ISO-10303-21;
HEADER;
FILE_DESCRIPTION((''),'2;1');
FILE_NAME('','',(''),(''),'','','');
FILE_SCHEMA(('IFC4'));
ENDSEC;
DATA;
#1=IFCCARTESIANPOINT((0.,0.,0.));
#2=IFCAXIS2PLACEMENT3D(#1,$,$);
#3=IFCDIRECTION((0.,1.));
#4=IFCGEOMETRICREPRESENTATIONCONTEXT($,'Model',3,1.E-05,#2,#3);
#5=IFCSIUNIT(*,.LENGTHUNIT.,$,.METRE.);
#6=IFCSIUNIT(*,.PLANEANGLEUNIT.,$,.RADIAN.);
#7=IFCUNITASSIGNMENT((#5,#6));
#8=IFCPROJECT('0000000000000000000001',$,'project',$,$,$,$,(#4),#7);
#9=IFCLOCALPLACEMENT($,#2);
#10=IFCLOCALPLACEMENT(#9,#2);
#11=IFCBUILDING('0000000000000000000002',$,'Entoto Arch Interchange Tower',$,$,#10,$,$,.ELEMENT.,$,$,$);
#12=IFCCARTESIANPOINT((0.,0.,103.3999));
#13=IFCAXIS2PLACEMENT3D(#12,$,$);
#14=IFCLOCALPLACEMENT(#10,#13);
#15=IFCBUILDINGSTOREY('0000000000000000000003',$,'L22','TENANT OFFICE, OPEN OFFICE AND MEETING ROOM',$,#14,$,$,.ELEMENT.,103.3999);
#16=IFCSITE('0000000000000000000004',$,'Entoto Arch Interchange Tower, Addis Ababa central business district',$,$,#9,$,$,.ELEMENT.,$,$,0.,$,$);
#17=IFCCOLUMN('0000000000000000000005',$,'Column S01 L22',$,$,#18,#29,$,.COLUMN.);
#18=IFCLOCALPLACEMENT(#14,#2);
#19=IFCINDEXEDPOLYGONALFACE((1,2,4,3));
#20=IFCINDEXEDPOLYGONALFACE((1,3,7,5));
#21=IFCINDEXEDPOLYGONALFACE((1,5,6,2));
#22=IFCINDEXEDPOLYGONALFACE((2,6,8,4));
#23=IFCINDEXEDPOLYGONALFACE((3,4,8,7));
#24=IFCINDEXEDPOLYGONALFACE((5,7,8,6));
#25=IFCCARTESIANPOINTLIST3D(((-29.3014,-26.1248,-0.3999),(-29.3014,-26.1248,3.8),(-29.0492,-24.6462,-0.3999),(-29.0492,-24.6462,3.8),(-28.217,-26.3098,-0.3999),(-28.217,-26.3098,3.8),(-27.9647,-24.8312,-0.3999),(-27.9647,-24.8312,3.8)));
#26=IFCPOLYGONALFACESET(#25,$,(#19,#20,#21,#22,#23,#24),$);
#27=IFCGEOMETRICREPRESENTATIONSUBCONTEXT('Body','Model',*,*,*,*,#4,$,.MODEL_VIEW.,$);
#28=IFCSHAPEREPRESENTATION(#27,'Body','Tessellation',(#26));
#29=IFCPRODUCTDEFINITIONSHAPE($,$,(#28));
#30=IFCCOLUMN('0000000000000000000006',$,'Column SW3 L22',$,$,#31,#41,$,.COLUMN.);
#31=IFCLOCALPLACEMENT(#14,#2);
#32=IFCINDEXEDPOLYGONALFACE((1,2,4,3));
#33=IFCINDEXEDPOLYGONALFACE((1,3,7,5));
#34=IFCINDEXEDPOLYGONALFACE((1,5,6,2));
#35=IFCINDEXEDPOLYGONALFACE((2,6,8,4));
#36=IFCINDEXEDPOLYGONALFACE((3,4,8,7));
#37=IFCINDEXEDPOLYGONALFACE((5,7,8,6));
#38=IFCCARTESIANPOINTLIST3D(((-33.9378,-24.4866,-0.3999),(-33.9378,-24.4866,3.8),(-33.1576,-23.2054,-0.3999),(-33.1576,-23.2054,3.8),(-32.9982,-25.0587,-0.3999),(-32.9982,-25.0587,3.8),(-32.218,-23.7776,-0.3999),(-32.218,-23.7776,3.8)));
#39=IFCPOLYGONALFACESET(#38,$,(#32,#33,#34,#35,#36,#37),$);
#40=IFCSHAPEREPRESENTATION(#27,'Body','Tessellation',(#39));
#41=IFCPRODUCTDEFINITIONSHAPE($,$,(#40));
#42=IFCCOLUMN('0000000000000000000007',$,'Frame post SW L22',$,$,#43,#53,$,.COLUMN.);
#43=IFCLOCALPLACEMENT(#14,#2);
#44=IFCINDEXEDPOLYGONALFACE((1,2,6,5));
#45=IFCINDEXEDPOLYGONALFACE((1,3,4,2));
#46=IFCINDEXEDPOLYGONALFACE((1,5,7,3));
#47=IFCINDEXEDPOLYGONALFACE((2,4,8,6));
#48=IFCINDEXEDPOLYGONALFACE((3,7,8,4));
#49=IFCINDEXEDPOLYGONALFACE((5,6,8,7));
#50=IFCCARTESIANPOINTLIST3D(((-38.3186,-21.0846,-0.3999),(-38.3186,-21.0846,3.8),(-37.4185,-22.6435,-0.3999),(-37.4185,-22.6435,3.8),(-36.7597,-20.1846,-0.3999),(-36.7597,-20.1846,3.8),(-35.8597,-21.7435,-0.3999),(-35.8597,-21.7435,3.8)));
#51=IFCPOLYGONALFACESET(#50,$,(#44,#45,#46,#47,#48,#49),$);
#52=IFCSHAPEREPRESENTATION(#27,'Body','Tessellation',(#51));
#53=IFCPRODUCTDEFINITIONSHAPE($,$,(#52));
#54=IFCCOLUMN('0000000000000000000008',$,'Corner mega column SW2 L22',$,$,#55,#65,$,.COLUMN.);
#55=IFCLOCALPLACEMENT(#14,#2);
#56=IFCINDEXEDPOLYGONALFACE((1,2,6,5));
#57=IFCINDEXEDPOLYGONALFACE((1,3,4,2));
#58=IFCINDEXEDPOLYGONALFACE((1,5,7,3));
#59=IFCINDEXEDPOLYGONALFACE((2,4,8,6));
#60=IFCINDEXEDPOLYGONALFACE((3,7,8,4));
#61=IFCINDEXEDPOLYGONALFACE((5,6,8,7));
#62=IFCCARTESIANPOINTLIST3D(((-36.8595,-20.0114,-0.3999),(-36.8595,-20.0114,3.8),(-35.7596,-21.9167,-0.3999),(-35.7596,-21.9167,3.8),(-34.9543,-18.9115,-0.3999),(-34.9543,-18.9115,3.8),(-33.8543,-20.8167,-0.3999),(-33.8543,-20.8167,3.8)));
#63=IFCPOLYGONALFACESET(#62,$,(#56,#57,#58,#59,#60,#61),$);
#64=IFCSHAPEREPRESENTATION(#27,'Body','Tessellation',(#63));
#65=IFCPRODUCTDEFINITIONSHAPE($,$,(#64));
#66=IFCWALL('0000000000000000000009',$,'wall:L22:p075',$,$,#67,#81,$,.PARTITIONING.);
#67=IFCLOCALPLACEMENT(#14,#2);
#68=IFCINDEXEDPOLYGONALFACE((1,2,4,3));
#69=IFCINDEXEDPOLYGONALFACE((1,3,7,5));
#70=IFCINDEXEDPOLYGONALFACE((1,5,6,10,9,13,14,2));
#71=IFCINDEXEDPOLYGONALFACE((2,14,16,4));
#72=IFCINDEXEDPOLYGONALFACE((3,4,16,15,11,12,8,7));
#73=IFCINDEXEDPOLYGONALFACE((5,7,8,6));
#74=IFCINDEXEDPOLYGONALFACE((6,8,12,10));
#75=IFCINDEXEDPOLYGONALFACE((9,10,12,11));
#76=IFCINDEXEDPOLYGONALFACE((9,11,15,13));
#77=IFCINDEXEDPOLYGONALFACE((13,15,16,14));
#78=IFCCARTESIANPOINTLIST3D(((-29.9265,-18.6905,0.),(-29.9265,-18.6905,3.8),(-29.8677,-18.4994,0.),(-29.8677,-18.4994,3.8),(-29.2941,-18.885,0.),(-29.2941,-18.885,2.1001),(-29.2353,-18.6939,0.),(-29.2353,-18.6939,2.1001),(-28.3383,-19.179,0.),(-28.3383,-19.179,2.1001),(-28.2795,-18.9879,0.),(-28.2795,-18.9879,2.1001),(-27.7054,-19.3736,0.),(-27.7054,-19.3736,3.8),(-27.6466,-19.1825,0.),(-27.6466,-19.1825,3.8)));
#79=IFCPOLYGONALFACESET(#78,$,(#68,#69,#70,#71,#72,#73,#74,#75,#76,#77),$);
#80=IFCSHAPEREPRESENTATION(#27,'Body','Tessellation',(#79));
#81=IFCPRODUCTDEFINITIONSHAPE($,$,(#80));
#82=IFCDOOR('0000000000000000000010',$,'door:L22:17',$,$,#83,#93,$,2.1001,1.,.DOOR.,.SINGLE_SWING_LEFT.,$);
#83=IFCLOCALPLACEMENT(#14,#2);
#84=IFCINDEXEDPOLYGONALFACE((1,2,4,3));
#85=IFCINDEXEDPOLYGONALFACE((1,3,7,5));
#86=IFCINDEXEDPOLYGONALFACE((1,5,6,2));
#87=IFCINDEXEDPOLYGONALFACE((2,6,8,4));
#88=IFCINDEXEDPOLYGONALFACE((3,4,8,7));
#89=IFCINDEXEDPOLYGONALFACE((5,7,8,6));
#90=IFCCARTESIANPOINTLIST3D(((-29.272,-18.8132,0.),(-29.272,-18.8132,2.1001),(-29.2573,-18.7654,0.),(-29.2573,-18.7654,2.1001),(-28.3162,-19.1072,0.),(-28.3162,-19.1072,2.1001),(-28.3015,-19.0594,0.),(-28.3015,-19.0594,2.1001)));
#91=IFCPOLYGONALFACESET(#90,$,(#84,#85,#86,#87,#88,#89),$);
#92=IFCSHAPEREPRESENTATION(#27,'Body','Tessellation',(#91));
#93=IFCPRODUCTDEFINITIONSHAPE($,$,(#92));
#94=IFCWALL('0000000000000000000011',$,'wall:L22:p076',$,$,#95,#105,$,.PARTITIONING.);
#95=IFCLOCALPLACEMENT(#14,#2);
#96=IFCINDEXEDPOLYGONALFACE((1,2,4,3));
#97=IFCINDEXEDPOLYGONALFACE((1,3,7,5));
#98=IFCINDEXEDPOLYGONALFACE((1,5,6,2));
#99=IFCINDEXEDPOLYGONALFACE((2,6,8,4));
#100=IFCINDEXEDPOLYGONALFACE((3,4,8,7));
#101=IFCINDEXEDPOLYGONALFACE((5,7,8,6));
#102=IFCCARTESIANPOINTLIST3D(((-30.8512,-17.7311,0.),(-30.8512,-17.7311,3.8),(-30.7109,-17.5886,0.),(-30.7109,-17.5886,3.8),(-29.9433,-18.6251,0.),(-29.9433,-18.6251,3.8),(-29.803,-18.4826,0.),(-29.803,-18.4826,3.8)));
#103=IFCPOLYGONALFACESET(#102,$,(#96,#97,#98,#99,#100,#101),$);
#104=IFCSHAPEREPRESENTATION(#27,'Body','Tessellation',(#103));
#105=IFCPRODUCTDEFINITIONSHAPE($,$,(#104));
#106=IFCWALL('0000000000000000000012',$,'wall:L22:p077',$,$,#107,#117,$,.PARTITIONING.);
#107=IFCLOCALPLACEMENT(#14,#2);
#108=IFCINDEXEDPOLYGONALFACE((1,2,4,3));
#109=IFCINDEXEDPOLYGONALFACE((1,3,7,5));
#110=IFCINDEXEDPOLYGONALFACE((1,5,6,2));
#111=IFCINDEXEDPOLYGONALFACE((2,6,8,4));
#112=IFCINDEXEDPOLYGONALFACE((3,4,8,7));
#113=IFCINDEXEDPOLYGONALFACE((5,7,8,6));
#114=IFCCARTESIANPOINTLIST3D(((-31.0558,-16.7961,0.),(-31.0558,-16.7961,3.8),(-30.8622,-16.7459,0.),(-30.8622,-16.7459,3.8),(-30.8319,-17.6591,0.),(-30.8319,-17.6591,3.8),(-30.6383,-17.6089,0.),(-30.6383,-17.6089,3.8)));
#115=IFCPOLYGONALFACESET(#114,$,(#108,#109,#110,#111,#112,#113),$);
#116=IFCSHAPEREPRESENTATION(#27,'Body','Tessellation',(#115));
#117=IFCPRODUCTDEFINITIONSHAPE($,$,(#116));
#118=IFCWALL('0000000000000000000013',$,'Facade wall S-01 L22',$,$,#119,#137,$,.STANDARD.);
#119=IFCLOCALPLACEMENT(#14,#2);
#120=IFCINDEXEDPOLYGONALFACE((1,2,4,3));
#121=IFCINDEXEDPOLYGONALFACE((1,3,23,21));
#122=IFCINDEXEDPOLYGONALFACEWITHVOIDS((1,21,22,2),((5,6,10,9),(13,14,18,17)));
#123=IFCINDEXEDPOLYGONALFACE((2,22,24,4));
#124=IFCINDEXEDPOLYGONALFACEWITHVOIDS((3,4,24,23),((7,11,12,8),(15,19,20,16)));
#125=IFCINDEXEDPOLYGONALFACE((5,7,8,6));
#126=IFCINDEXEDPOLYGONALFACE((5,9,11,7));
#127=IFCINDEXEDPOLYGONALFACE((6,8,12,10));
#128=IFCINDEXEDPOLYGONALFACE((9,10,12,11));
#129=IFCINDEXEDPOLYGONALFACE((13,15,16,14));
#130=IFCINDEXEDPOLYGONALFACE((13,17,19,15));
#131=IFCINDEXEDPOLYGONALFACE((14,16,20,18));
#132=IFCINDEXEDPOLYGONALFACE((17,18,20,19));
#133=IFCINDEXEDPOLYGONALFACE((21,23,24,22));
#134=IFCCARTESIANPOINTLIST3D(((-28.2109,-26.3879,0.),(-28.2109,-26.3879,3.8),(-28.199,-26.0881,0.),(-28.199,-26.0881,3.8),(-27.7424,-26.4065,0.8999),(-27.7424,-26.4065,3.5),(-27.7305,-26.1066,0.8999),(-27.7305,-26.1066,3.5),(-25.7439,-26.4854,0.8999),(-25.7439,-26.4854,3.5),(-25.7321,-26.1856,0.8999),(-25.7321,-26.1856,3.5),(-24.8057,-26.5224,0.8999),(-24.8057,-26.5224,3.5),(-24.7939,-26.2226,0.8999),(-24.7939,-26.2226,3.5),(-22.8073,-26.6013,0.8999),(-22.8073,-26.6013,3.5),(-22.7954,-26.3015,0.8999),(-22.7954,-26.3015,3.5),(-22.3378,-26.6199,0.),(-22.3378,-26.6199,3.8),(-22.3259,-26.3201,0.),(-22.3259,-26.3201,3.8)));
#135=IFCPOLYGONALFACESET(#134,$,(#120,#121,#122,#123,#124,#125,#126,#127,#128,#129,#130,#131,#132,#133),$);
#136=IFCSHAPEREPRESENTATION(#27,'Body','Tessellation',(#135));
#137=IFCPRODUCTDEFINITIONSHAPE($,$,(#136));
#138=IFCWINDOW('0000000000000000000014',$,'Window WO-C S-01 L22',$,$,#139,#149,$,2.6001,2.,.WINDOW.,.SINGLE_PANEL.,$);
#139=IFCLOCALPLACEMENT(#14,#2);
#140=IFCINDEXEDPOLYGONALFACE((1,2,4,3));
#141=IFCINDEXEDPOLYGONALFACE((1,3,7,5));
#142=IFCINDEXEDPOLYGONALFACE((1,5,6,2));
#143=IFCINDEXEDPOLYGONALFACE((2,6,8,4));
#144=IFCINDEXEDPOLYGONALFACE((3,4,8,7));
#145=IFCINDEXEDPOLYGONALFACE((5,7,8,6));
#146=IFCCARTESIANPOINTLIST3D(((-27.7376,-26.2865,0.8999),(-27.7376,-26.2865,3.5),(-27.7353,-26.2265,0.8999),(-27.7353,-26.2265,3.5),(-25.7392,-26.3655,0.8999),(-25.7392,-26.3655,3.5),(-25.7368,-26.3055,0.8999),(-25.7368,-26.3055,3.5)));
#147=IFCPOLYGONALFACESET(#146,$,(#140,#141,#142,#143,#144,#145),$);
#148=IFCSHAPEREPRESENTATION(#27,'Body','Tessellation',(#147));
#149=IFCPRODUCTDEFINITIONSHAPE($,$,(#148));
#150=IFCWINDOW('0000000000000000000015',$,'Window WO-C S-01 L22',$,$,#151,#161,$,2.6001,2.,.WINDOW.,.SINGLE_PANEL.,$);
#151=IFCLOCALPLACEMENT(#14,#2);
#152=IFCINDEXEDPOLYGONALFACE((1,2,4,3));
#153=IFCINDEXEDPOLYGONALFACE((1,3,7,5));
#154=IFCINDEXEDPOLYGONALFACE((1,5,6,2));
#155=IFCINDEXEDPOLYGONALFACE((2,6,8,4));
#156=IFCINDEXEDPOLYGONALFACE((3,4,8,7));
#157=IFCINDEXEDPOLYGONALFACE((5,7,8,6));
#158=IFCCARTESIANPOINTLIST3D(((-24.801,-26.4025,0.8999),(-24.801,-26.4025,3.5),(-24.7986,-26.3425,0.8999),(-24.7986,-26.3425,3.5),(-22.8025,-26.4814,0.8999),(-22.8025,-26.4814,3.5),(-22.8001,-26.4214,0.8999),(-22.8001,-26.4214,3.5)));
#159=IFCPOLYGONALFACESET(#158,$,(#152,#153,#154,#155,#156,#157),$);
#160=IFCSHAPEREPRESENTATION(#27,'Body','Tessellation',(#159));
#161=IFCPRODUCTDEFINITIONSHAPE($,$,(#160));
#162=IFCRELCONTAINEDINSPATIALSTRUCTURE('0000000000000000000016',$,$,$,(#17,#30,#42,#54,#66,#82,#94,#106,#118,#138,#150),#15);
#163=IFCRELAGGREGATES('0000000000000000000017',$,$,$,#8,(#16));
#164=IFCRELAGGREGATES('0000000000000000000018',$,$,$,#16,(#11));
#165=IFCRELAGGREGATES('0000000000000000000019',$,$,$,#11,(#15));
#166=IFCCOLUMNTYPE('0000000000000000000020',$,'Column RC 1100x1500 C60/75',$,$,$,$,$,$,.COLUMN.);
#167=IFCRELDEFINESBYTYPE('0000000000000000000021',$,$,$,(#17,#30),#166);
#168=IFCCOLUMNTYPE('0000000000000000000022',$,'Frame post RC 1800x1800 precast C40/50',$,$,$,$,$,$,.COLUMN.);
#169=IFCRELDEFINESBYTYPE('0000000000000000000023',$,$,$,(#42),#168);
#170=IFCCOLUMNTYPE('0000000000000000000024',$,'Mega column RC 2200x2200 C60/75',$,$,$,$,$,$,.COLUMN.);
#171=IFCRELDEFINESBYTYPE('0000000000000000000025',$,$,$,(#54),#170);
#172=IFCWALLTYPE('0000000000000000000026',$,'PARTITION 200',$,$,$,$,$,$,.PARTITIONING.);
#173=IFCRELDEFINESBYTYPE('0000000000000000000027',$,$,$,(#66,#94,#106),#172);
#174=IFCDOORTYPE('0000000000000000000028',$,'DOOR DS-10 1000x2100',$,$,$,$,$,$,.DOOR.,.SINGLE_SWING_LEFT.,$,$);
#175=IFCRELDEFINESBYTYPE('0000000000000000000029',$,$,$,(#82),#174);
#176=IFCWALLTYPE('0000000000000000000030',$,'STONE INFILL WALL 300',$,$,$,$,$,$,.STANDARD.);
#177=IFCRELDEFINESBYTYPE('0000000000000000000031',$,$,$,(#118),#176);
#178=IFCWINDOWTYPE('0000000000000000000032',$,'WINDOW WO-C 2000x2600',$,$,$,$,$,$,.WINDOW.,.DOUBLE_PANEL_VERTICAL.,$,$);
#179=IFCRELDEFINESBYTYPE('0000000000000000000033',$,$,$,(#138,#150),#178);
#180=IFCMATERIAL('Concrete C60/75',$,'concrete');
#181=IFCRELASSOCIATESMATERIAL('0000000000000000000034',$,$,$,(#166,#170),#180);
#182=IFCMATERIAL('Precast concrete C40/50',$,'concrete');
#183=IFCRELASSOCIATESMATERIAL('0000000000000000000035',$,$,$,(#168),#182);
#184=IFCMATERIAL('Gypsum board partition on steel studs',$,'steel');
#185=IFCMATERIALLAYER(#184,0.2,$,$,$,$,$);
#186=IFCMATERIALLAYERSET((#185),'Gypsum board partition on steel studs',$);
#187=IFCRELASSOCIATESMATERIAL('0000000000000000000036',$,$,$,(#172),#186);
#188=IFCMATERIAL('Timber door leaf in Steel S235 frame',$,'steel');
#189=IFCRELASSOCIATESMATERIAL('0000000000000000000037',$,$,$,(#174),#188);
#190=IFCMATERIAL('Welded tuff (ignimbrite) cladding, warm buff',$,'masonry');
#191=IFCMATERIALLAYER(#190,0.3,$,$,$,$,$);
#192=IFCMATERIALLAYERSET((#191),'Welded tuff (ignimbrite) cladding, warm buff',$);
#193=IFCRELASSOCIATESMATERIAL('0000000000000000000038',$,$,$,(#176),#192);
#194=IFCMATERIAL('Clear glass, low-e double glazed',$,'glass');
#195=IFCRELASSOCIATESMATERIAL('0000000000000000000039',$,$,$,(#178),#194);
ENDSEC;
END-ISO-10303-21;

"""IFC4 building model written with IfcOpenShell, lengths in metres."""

from ifc_helpers import new_model, si_unit, direction, frame, frame_2d, origin, origin_2d, place, context, subcontext, project, spatial, rectangle, extrude, material, layer, layer_set, material_profile, profile_set, type_object, element, fill, save


model = new_model("IFC4")

# Units and contexts
model_context = context("Model", 3, precision=1e-05, world=origin(), true_north=direction((0.0, 1.0)))
body_context = subcontext(model_context, "Body", "Model", "MODEL_VIEW")
ifc_project = project(units=[si_unit("LENGTHUNIT", "METRE"), si_unit("PLANEANGLEUNIT", "RADIAN")], contexts=[model_context])

# Site, building, storey
site_placement = place(None, origin())
site = spatial("IfcSite", under=ifc_project, at=site_placement, Name="Entoto Arch Interchange Tower, Addis Ababa central business district", CompositionType="ELEMENT", RefElevation=0.0)
building_placement = place(site_placement, origin())
building = spatial("IfcBuilding", under=site, at=building_placement, Name="Entoto Arch Interchange Tower", CompositionType="ELEMENT")
storey_placement = place(building_placement, frame((0.0, 0.0, 103.3999)))
storey = spatial("IfcBuildingStorey", under=building, at=storey_placement, Name="L22", Description="TENANT OFFICE, OPEN OFFICE AND MEETING ROOM", CompositionType="ELEMENT", Elevation=103.3999)

# Columns
ifc_material_1 = material(Name="Concrete C60/75", Category="concrete")
ifc_material_profile_1 = material_profile(ifc_material_1, rectangle(XDim=1.1001, YDim=1.5, at=origin_2d()))
ifc_profile_set_1 = profile_set([ifc_material_profile_1], Name="Concrete C60/75")
column_type_1 = type_object("IfcColumnType", Name="Column RC 1100x1500 C60/75", PredefinedType="COLUMN", material=ifc_profile_set_1)
for number, where, z_axis, x_axis, name in (
    (1, (-28.6331, -25.478, -0.3999), (0.0, 0.0, 1.0), (-0.985759, 0.168162, 0.0), "Column S01 L22"),
    (2, (-33.0779, -24.1321, -0.3999), (0.0, 0.0, 1.0), (-0.854096, 0.520116, 0.0), "Column SW3 L22"),
):
    element("IfcColumn", number, at=place(storey_placement, frame(where, z_axis=z_axis, x_axis=x_axis)), inside=storey, type_object=column_type_1, Name=name, PredefinedType="COLUMN", context=body_context, shape_type="SweptSolid", body=[
        extrude(rectangle(XDim=1.1001, YDim=1.5, at=origin_2d()), origin(), (0.0, 0.0, 1.0), 4.2),
    ])
ifc_material_2 = material(Name="Precast concrete C40/50", Category="concrete")
ifc_material_profile_2 = material_profile(ifc_material_2, rectangle(XDim=1.8, YDim=1.8, at=origin_2d()))
ifc_profile_set_2 = profile_set([ifc_material_profile_2], Name="Precast concrete C40/50")
column_type_2 = type_object("IfcColumnType", Name="Frame post RC 1800x1800 precast C40/50", PredefinedType="COLUMN", material=ifc_profile_set_2)
column_1_placement = place(storey_placement, frame((-37.0891, -21.4141, -0.3999), z_axis=(0.0, 0.0, 1.0), x_axis=(0.866025, 0.5, 0.0)))
element("IfcColumn", 3, at=column_1_placement, inside=storey, type_object=column_type_2, Name="Frame post SW L22", PredefinedType="COLUMN", context=body_context, shape_type="SweptSolid", body=[
    extrude(rectangle(XDim=1.8, YDim=1.8, at=origin_2d()), origin(), (0.0, 0.0, 1.0), 4.2),
])
ifc_material_profile_3 = material_profile(ifc_material_1, rectangle(XDim=2.2, YDim=2.2, at=origin_2d()))
ifc_profile_set_3 = profile_set([ifc_material_profile_3], Name="Concrete C60/75")
column_type_3 = type_object("IfcColumnType", Name="Mega column RC 2200x2200 C60/75", PredefinedType="COLUMN", material=ifc_profile_set_3)
column_2_placement = place(storey_placement, frame((-35.3569, -20.4141, -0.3999), z_axis=(0.0, 0.0, 1.0), x_axis=(0.866025, 0.5, 0.0)))
element("IfcColumn", 4, at=column_2_placement, inside=storey, type_object=column_type_3, Name="Corner mega column SW2 L22", PredefinedType="COLUMN", context=body_context, shape_type="SweptSolid", body=[
    extrude(rectangle(XDim=2.2, YDim=2.2, at=origin_2d()), origin(), (0.0, 0.0, 1.0), 4.2),
])

# Wall, opening, door
ifc_material_3 = material(Name="Gypsum board partition on steel studs", Category="steel")
ifc_layer_1 = layer(ifc_material_3, 0.2)
ifc_layer_set_1 = layer_set([ifc_layer_1], Name="Gypsum board partition on steel studs")
wall_type_1 = type_object("IfcWallType", Name="PARTITION 200", PredefinedType="PARTITIONING", material=ifc_layer_set_1)
wall_1_placement = place(storey_placement, frame((-27.676, -19.2781, 0.0), z_axis=(0.0, 0.0, 1.0), x_axis=(-0.955811, 0.293982, 0.0)))
wall_1 = element("IfcWall", 5, at=wall_1_placement, inside=storey, type_object=wall_type_1, Name="wall:L22:p075", PredefinedType="PARTITIONING", context=body_context, shape_type="SweptSolid", body=[
    extrude(rectangle(XDim=2.3237, YDim=0.2, at=frame_2d((1.1619, 0.0))), origin(), (0.0, 0.0, 1.0), 3.8),
])
opening_1_placement = place(wall_1_placement, frame((0.6621, 0.0, 0.0)))
opening_1 = element("IfcOpeningElement", 6, at=opening_1_placement, cuts=wall_1, PredefinedType="OPENING", context=body_context, shape_type="SweptSolid", body=[
    extrude(rectangle(XDim=1.0, YDim=2.1001, at=frame_2d((0.5, 1.05))), frame((0.0, 0.1099, 0.0), z_axis=(0.0, -1.0, 0.0), x_axis=(1.0, 0.0, 0.0)), (0.0, 0.0, 1.0), 0.22),
])
ifc_material_4 = material(Name="Timber door leaf in Steel S235 frame", Category="steel")
door_type = type_object("IfcDoorType", Name="DOOR DS-10 1000x2100", OperationType="SINGLE_SWING_LEFT", PredefinedType="DOOR", material=ifc_material_4)
door_placement = place(opening_1_placement, origin())
door = element("IfcDoor", 7, at=door_placement, inside=storey, type_object=door_type, Name="door:L22:17", OperationType="SINGLE_SWING_LEFT", OverallHeight=2.1001, OverallWidth=1.0, PredefinedType="DOOR", context=body_context, shape_type="SweptSolid", body=[
    extrude(rectangle(XDim=1.0, YDim=2.1001, at=frame_2d((0.5, 1.05))), frame((0.0, 0.0249, 0.0), z_axis=(0.0, -1.0, 0.0), x_axis=(1.0, 0.0, 0.0)), (0.0, 0.0, 1.0), 0.05),
])
fill(opening_1, door)

# Walls
wall_2_placement = place(storey_placement, frame((-29.873, -18.554, 0.0), z_axis=(0.0, 0.0, 1.0), x_axis=(-0.712546, 0.701625, 0.0)))
element("IfcWall", 8, at=wall_2_placement, inside=storey, type_object=wall_type_1, Name="wall:L22:p076", PredefinedType="PARTITIONING", context=body_context, shape_type="SweptSolid", body=[
    extrude(rectangle(XDim=1.2742, YDim=0.2, at=frame_2d((0.6372, 0.0))), origin(), (0.0, 0.0, 1.0), 3.8),
])
wall_3_placement = place(storey_placement, frame((-30.7351, -17.634, 0.0), z_axis=(0.0, 0.0, 1.0), x_axis=(-0.251095, 0.967962, 0.0)))
element("IfcWall", 9, at=wall_3_placement, inside=storey, type_object=wall_type_1, Name="wall:L22:p077", PredefinedType="PARTITIONING", context=body_context, shape_type="SweptSolid", body=[
    extrude(rectangle(XDim=0.8916, YDim=0.2, at=frame_2d((0.4458, 0.0))), origin(), (0.0, 0.0, 1.0), 3.8),
])

# Wall, openings, windows
ifc_material_5 = material(Name="Welded tuff (ignimbrite) cladding, warm buff", Category="masonry")
ifc_layer_2 = layer(ifc_material_5, 0.3)
ifc_layer_set_2 = layer_set([ifc_layer_2], Name="Welded tuff (ignimbrite) cladding, warm buff")
wall_type_2 = type_object("IfcWallType", Name="STONE INFILL WALL 300", PredefinedType="STANDARD", material=ifc_layer_set_2)
wall_4_placement = place(storey_placement, frame((-28.2051, -26.238, 0.0), z_axis=(0.0, 0.0, 1.0), x_axis=(0.999221, -0.03946, 0.0)))
wall_4 = element("IfcWall", 10, at=wall_4_placement, inside=storey, type_object=wall_type_2, Name="Facade wall S-01 L22", PredefinedType="STANDARD", context=body_context, shape_type="SweptSolid", body=[
    extrude(rectangle(XDim=5.8777, YDim=0.3, at=frame_2d((2.939, 0.0))), origin(), (0.0, 0.0, 1.0), 3.8),
])
opening_2_placement = place(wall_4_placement, frame((0.469, 0.0, 0.8999)))
opening_2 = element("IfcOpeningElement", 11, at=opening_2_placement, cuts=wall_4, PredefinedType="OPENING", context=body_context, shape_type="SweptSolid", body=[
    extrude(rectangle(XDim=2.0, YDim=2.6001, at=frame_2d((1.0, 1.3))), frame((0.0, 0.1602, 0.0), z_axis=(0.0, -1.0, 0.0), x_axis=(1.0, 0.0, 0.0)), (0.0, 0.0, 1.0), 0.3201),
])
opening_3_placement = place(wall_4_placement, frame((3.408, 0.0, 0.8999)))
opening_3 = element("IfcOpeningElement", 12, at=opening_3_placement, cuts=wall_4, PredefinedType="OPENING", context=body_context, shape_type="SweptSolid", body=[
    extrude(rectangle(XDim=2.0, YDim=2.6001, at=frame_2d((1.0, 1.3))), frame((0.0, 0.1602, 0.0), z_axis=(0.0, -1.0, 0.0), x_axis=(1.0, 0.0, 0.0)), (0.0, 0.0, 1.0), 0.3201),
])
ifc_material_6 = material(Name="Clear glass, low-e double glazed", Category="glass")
window_type_1 = type_object("IfcWindowType", Name="WINDOW WO-C 2000x2600", PartitioningType="DOUBLE_PANEL_VERTICAL", PredefinedType="WINDOW", material=ifc_material_6)
window_1_placement = place(opening_2_placement, origin())
window_1 = element("IfcWindow", 13, at=window_1_placement, inside=storey, type_object=window_type_1, Name="Window WO-C S-01 L22", OverallHeight=2.6001, OverallWidth=2.0, PartitioningType="SINGLE_PANEL", PredefinedType="WINDOW", context=body_context, shape_type="SweptSolid", body=[
    extrude(rectangle(XDim=2.0, YDim=2.6001, at=frame_2d((1.0, 1.3))), frame((0.0, 0.03, 0.0), z_axis=(0.0, -1.0, 0.0), x_axis=(1.0, 0.0, 0.0)), (0.0, 0.0, 1.0), 0.0601),
])
fill(opening_2, window_1)
window_2_placement = place(opening_3_placement, origin())
window_2 = element("IfcWindow", 14, at=window_2_placement, inside=storey, type_object=window_type_1, Name="Window WO-C S-01 L22", OverallHeight=2.6001, OverallWidth=2.0, PartitioningType="SINGLE_PANEL", PredefinedType="WINDOW", context=body_context, shape_type="SweptSolid", body=[
    extrude(rectangle(XDim=2.0, YDim=2.6001, at=frame_2d((1.0, 1.3))), frame((0.0, 0.03, 0.0), z_axis=(0.0, -1.0, 0.0), x_axis=(1.0, 0.0, 0.0)), (0.0, 0.0, 1.0), 0.0601),
])
fill(opening_3, window_2)

save(model, "model.ifc")
